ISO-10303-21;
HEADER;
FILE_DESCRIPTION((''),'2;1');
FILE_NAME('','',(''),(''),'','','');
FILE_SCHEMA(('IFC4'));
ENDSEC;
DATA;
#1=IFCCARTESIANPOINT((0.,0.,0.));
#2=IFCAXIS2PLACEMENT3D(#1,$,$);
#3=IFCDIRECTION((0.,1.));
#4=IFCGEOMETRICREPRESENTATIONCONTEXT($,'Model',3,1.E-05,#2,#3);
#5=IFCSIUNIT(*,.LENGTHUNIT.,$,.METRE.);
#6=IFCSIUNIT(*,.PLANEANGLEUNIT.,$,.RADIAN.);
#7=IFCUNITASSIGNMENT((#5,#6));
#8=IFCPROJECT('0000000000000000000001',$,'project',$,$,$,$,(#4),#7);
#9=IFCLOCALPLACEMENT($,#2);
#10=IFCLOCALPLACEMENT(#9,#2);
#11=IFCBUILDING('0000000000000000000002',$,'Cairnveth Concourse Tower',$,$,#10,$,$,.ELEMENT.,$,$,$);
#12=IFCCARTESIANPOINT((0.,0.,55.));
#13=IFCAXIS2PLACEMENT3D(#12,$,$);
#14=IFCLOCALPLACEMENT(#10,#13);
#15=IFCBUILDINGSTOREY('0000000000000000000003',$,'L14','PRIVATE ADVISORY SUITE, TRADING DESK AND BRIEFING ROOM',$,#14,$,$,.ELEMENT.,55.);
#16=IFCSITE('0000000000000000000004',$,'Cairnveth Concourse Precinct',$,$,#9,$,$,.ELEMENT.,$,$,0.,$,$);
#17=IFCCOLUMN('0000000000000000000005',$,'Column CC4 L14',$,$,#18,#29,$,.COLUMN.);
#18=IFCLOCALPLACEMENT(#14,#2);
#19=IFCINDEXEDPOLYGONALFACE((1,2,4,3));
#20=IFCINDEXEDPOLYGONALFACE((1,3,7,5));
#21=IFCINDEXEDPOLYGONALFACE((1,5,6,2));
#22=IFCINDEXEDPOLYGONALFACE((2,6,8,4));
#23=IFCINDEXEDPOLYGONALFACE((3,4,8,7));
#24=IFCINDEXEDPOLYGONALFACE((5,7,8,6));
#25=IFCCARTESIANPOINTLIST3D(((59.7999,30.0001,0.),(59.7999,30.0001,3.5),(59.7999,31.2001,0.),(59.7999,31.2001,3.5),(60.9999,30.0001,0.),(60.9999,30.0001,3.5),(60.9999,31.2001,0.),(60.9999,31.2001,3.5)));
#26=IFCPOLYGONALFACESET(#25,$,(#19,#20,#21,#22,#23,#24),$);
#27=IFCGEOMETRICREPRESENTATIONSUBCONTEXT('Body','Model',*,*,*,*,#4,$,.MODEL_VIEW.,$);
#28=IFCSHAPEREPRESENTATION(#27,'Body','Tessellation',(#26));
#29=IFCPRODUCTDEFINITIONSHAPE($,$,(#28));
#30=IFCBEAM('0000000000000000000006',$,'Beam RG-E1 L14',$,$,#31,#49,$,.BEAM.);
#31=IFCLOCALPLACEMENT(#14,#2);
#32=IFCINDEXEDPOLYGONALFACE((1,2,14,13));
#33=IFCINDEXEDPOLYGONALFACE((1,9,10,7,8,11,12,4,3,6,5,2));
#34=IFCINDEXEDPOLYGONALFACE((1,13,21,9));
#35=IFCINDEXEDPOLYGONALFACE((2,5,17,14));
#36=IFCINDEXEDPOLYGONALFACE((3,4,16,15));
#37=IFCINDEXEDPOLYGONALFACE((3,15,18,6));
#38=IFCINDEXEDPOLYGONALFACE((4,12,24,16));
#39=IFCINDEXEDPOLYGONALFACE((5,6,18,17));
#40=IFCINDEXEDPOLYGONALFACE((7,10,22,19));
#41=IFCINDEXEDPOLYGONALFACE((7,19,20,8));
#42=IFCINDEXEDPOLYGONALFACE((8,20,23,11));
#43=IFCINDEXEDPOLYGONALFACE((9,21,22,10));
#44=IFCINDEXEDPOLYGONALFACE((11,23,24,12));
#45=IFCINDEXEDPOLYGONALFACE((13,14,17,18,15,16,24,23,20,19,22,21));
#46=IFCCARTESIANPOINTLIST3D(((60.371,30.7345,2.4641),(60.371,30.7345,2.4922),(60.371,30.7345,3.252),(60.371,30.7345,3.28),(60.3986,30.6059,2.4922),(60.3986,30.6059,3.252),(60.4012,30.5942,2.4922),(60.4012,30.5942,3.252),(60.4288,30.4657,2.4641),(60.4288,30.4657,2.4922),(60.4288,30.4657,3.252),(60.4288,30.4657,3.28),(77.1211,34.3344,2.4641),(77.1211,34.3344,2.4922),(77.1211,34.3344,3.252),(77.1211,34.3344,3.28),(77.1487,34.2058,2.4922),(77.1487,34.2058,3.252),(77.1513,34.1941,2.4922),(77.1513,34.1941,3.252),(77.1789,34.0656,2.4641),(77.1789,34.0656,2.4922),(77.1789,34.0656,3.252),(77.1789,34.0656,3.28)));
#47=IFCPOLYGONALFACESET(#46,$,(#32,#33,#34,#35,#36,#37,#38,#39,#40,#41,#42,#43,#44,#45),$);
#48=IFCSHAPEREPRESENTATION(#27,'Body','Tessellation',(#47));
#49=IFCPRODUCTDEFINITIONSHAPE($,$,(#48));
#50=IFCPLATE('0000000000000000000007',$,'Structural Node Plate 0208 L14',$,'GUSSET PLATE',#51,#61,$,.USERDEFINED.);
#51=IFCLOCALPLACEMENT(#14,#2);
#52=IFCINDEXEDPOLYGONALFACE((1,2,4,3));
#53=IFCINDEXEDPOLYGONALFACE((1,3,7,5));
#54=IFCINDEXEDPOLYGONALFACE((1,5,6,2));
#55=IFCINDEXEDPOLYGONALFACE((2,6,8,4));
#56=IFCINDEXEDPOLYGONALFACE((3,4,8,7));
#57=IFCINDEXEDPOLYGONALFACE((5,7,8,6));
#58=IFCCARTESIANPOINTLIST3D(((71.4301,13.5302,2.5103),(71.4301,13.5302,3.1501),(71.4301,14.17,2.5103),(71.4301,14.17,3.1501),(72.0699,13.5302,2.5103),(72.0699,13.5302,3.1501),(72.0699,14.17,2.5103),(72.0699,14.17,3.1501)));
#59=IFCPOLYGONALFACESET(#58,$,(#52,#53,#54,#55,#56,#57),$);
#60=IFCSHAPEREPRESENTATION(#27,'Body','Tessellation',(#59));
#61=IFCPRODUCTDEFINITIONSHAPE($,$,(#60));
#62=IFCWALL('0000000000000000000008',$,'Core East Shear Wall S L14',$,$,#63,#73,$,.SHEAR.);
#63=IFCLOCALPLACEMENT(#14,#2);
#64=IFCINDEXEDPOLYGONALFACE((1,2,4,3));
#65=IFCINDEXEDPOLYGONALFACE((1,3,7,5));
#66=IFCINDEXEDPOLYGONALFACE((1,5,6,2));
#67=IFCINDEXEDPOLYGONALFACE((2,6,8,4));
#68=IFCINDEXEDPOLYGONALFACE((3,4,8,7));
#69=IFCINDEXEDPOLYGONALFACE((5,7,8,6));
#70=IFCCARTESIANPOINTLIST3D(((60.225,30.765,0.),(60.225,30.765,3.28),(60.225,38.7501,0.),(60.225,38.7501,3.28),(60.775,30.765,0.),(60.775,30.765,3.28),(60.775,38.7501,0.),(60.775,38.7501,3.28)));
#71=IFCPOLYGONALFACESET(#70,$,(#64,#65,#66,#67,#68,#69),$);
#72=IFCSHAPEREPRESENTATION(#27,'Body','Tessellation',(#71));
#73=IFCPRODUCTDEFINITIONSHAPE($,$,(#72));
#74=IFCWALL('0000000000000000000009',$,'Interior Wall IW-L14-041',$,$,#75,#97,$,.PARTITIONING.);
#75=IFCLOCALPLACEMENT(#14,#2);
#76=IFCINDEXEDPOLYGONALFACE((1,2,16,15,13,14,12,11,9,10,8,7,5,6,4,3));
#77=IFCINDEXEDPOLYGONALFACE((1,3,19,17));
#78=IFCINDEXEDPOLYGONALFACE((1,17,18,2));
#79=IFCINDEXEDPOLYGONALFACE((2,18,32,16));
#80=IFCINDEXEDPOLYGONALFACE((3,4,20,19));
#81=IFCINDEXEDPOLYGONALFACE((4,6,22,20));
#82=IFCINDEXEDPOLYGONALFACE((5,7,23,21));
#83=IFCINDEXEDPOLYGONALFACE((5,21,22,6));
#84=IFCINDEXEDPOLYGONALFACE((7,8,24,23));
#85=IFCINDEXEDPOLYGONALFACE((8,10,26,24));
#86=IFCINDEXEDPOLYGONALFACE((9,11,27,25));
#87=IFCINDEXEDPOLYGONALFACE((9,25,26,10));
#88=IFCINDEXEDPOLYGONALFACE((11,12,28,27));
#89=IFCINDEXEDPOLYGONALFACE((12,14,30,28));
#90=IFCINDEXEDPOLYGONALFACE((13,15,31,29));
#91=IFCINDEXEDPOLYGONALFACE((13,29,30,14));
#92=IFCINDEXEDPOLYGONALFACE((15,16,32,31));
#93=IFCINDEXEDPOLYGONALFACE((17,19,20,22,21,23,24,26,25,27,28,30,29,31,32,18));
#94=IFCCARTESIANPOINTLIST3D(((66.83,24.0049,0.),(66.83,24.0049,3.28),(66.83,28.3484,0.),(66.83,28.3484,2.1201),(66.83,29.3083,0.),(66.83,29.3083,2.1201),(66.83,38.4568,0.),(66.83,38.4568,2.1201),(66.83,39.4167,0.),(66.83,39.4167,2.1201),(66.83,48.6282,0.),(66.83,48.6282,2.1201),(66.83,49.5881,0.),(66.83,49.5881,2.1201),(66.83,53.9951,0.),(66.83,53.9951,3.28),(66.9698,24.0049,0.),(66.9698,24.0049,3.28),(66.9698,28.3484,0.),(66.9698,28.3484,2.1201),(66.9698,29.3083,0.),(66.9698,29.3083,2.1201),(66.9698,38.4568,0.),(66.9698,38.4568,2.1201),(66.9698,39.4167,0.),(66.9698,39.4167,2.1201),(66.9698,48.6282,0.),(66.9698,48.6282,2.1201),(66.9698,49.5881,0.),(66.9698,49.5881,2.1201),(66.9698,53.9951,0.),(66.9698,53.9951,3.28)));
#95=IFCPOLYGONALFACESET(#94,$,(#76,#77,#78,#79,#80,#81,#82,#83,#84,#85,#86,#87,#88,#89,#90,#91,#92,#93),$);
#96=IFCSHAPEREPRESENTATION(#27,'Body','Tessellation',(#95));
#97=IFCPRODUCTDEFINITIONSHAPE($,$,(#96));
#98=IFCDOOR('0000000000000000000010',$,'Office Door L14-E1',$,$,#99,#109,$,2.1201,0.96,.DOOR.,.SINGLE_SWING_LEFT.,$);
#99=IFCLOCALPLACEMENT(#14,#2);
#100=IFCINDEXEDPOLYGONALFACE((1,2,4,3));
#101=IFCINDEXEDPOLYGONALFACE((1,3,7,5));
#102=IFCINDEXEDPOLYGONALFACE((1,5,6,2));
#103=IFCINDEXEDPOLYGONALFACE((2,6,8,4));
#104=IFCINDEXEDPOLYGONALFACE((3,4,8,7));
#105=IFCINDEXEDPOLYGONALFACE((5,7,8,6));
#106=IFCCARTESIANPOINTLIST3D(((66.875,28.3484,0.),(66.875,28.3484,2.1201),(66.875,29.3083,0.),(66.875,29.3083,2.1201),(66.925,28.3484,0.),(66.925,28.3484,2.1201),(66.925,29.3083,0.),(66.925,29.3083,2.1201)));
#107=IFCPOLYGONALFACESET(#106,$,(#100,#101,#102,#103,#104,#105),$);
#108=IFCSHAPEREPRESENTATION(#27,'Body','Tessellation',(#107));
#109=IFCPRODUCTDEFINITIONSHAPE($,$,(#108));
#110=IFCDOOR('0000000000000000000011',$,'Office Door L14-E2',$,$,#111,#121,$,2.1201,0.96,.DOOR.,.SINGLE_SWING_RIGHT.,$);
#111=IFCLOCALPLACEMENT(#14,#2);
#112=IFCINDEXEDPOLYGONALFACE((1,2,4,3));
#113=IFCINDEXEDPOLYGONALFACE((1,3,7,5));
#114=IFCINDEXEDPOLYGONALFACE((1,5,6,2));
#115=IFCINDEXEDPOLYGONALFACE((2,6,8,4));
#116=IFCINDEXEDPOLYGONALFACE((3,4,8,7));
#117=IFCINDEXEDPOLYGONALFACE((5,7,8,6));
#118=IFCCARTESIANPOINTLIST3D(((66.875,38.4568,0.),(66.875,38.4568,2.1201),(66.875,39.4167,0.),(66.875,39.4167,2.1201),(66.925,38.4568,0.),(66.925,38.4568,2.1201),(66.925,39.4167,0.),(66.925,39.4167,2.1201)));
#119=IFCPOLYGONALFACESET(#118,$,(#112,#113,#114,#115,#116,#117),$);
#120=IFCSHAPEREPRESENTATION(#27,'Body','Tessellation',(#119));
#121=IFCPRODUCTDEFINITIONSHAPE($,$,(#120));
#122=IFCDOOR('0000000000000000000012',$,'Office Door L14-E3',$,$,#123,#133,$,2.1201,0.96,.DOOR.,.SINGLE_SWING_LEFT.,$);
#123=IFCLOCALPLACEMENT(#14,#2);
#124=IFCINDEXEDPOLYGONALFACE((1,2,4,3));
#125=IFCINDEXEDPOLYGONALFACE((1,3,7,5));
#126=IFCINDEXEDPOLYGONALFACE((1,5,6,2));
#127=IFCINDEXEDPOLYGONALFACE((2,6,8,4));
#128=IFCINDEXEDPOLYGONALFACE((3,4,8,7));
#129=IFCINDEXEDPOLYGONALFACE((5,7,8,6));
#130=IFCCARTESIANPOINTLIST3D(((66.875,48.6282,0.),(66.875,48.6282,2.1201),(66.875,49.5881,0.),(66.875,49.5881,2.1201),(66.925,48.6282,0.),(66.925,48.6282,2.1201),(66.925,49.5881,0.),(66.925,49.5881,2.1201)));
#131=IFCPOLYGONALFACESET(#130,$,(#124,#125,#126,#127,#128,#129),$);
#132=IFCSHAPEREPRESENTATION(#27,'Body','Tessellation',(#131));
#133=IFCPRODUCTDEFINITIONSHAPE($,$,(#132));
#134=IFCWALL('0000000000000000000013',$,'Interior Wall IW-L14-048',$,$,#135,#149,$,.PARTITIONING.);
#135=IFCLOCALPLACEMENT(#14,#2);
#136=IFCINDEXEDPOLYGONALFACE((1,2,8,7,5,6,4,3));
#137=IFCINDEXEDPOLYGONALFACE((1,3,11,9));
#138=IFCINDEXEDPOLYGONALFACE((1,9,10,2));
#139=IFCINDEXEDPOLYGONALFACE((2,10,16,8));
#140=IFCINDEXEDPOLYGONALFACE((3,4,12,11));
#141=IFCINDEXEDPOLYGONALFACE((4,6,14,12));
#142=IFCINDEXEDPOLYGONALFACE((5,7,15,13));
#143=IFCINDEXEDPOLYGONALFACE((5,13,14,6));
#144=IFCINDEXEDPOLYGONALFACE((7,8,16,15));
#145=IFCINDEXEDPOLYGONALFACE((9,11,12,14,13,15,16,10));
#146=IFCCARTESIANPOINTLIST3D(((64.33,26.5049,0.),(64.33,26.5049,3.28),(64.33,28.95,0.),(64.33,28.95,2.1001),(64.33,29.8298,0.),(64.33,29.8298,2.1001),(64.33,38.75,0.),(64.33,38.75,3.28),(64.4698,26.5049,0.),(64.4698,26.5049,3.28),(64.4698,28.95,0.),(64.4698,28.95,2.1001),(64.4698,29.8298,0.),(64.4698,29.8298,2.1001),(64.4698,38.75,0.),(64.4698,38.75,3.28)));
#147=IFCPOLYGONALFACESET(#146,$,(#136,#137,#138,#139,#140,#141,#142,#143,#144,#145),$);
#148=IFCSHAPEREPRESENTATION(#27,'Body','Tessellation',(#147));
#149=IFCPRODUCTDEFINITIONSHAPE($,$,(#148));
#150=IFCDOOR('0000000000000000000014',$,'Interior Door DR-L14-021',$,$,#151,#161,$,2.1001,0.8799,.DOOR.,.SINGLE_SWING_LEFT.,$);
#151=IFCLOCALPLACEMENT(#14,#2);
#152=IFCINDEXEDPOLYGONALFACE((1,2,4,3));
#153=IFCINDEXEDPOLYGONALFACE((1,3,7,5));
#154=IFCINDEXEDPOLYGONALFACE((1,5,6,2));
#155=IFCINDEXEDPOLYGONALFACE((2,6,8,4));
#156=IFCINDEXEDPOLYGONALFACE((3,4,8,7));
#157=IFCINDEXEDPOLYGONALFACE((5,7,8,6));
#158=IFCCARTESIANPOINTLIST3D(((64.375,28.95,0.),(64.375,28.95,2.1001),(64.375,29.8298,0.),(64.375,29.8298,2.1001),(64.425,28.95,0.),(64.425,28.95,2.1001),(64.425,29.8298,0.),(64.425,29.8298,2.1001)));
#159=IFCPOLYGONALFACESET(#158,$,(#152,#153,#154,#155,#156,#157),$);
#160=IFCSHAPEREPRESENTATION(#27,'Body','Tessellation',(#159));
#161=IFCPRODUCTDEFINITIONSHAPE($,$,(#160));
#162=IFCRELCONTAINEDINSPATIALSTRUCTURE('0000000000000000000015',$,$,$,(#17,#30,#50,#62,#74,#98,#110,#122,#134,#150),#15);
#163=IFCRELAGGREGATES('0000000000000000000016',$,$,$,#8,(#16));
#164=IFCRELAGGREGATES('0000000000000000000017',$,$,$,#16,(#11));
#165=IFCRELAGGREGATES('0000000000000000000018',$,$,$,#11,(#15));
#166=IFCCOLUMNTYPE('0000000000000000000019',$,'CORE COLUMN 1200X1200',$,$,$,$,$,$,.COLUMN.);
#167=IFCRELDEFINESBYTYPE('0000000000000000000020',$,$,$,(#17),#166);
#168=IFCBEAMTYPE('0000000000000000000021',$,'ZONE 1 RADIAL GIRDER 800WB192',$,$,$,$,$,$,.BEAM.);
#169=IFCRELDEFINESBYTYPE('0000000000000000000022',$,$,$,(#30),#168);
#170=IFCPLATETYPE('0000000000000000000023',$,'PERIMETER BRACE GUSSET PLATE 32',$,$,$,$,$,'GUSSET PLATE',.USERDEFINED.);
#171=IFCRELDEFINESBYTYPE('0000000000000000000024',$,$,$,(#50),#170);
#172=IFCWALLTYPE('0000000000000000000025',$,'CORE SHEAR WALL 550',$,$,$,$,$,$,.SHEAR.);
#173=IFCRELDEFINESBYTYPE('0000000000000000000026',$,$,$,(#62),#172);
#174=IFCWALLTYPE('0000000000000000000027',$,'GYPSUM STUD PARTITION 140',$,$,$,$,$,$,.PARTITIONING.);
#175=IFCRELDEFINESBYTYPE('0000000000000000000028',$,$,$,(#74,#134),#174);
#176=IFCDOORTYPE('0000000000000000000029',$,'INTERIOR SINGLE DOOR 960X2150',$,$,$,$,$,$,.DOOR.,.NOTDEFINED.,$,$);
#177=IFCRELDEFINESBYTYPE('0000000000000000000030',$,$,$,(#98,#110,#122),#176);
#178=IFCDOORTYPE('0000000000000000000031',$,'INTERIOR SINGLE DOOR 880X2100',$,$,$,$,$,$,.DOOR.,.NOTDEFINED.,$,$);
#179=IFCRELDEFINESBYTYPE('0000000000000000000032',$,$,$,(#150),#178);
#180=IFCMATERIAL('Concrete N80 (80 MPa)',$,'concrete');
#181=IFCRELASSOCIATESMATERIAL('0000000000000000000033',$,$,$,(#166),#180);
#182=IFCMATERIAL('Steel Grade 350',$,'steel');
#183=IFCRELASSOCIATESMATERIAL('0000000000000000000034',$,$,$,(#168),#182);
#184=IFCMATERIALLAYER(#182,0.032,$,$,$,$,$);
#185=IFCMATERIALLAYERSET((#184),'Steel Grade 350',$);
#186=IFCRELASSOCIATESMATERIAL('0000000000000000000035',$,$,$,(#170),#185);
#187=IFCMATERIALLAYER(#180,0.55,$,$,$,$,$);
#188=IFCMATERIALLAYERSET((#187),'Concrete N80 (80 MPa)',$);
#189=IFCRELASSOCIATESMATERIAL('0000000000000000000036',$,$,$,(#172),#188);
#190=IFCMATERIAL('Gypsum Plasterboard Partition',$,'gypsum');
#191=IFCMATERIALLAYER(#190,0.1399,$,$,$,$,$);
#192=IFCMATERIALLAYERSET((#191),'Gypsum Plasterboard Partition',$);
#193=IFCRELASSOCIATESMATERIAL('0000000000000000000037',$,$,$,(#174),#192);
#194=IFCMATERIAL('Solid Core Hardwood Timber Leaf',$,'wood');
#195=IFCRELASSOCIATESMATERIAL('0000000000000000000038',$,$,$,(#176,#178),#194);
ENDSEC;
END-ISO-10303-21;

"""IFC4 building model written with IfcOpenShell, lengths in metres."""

from ifc_helpers import new_model, si_unit, direction, frame, frame_2d, origin, origin_2d, place, context, subcontext, project, spatial, rectangle, i_section, extrude, material, layer, layer_set, material_profile, profile_set, type_object, element, fill, save


model = new_model("IFC4")

# Units and contexts
model_context = context("Model", 3, precision=1e-05, world=origin(), true_north=direction((0.0, 1.0)))
body_context = subcontext(model_context, "Body", "Model", "MODEL_VIEW")
ifc_project = project(units=[si_unit("LENGTHUNIT", "METRE"), si_unit("PLANEANGLEUNIT", "RADIAN")], contexts=[model_context])

# Site, building, storey
site_placement = place(None, origin())
site = spatial("IfcSite", under=ifc_project, at=site_placement, Name="Cairnveth Concourse Precinct", CompositionType="ELEMENT", RefElevation=0.0)
building_placement = place(site_placement, origin())
building = spatial("IfcBuilding", under=site, at=building_placement, Name="Cairnveth Concourse Tower", CompositionType="ELEMENT")
storey_placement = place(building_placement, frame((0.0, 0.0, 55.0)))
storey = spatial("IfcBuildingStorey", under=building, at=storey_placement, Name="L14", Description="PRIVATE ADVISORY SUITE, TRADING DESK AND BRIEFING ROOM", CompositionType="ELEMENT", Elevation=55.0)

# Column
ifc_material_1 = material(Name="Concrete N80 (80 MPa)", Category="concrete")
ifc_material_profile_1 = material_profile(ifc_material_1, rectangle(XDim=1.2, YDim=1.2, at=origin_2d()), Name="RC-COL-1200x1200")
ifc_profile_set_1 = profile_set([ifc_material_profile_1], Name="Concrete N80 (80 MPa)")
column_type = type_object("IfcColumnType", Name="CORE COLUMN 1200X1200", PredefinedType="COLUMN", material=ifc_profile_set_1)
column_placement = place(storey_placement, frame((60.3999, 30.6001, 0.0), z_axis=(0.0, 0.0, 1.0), x_axis=(1.0, 0.0, 0.0)))
element("IfcColumn", 1, at=column_placement, inside=storey, type_object=column_type, Name="Column CC4 L14", PredefinedType="COLUMN", context=body_context, shape_type="SweptSolid", body=[
    extrude(rectangle(XDim=1.2, YDim=1.2, at=origin_2d()), origin(), (0.0, 0.0, 1.0), 3.5),
])

# Beam
ifc_material_2 = material(Name="Steel Grade 350", Category="steel")
ifc_material_profile_2 = material_profile(ifc_material_2, i_section(OverallWidth=0.2749, OverallDepth=0.8159, WebThickness=0.012, FlangeThickness=0.0281, at=origin_2d()), Name="800WB192")
ifc_profile_set_2 = profile_set([ifc_material_profile_2], Name="Steel Grade 350")
beam_type = type_object("IfcBeamType", Name="ZONE 1 RADIAL GIRDER 800WB192", PredefinedType="BEAM", material=ifc_profile_set_2)
beam_placement = place(storey_placement, frame((60.3999, 30.6001, 2.8721), z_axis=(0.977676, 0.210119, 0.0), x_axis=(-0.210119, 0.977676, 0.0)))
element("IfcBeam", 2, at=beam_placement, inside=storey, type_object=beam_type, Name="Beam RG-E1 L14", PredefinedType="BEAM", context=body_context, shape_type="SweptSolid", body=[
    extrude(i_section(OverallWidth=0.2749, OverallDepth=0.8159, WebThickness=0.012, FlangeThickness=0.0281, at=origin_2d()), origin(), (0.0, 0.0, 1.0), 17.1326),
])

# Plate
ifc_layer_1 = layer(ifc_material_2, 0.032)
ifc_layer_set_1 = layer_set([ifc_layer_1], Name="Steel Grade 350")
plate_type = type_object("IfcPlateType", Name="PERIMETER BRACE GUSSET PLATE 32", ElementType="GUSSET PLATE", PredefinedType="USERDEFINED", material=ifc_layer_set_1)
plate_placement = place(storey_placement, frame((71.75, 13.8501, 2.5103), z_axis=(0.0, 0.0, 1.0), x_axis=(1.0, 0.0, 0.0)))
element("IfcPlate", 3, at=plate_placement, inside=storey, type_object=plate_type, Name="Structural Node Plate 0208 L14", ObjectType="GUSSET PLATE", PredefinedType="USERDEFINED", context=body_context, shape_type="SweptSolid", body=[
    extrude(rectangle(XDim=0.6399, YDim=0.6399, at=origin_2d()), origin(), (0.0, 0.0, 1.0), 0.6399),
])

# Wall
ifc_layer_2 = layer(ifc_material_1, 0.55)
ifc_layer_set_2 = layer_set([ifc_layer_2], Name="Concrete N80 (80 MPa)")
wall_type_1 = type_object("IfcWallType", Name="CORE SHEAR WALL 550", PredefinedType="SHEAR", material=ifc_layer_set_2)
wall_1_placement = place(storey_placement, frame((60.5, 30.7649, 0.0), z_axis=(0.0, 0.0, 1.0), x_axis=(0.0, 1.0, 0.0)))
element("IfcWall", 4, at=wall_1_placement, inside=storey, type_object=wall_type_1, Name="Core East Shear Wall S L14", PredefinedType="SHEAR", context=body_context, shape_type="SweptSolid", body=[
    extrude(rectangle(XDim=7.9851, YDim=0.55, at=frame_2d((3.9927, 0.0))), origin(), (0.0, 0.0, 1.0), 3.28),
])

# Wall, openings, doors
ifc_material_3 = material(Name="Gypsum Plasterboard Partition", Category="gypsum")
ifc_layer_3 = layer(ifc_material_3, 0.1399)
ifc_layer_set_3 = layer_set([ifc_layer_3], Name="Gypsum Plasterboard Partition")
wall_type_2 = type_object("IfcWallType", Name="GYPSUM STUD PARTITION 140", PredefinedType="PARTITIONING", material=ifc_layer_set_3)
wall_2_placement = place(storey_placement, frame((66.8999, 24.0049, 0.0), z_axis=(0.0, 0.0, 1.0), x_axis=(0.0, 1.0, 0.0)))
wall_2 = element("IfcWall", 5, at=wall_2_placement, inside=storey, type_object=wall_type_2, Name="Interior Wall IW-L14-041", PredefinedType="PARTITIONING", context=body_context, shape_type="SweptSolid", body=[
    extrude(rectangle(XDim=29.9902, YDim=0.1399, at=frame_2d((14.9951, 0.0))), origin(), (0.0, 0.0, 1.0), 3.28),
])
opening_1_placement = place(wall_2_placement, frame((4.3435, 0.0, 0.0)))
opening_1 = element("IfcOpeningElement", 6, at=opening_1_placement, cuts=wall_2, PredefinedType="OPENING", context=body_context, shape_type="SweptSolid", body=[
    extrude(rectangle(XDim=0.96, YDim=2.1201, at=frame_2d((0.48, 1.0601))), frame((0.0, 0.0798, 0.0), z_axis=(0.0, -1.0, 0.0), x_axis=(1.0, 0.0, 0.0)), (0.0, 0.0, 1.0), 0.1599),
])
opening_2_placement = place(wall_2_placement, frame((14.4519, 0.0, 0.0)))
opening_2 = element("IfcOpeningElement", 7, at=opening_2_placement, cuts=wall_2, PredefinedType="OPENING", context=body_context, shape_type="SweptSolid", body=[
    extrude(rectangle(XDim=0.96, YDim=2.1201, at=frame_2d((0.48, 1.0601))), frame((0.0, 0.0798, 0.0), z_axis=(0.0, -1.0, 0.0), x_axis=(1.0, 0.0, 0.0)), (0.0, 0.0, 1.0), 0.1599),
])
opening_3_placement = place(wall_2_placement, frame((24.6233, 0.0, 0.0)))
opening_3 = element("IfcOpeningElement", 8, at=opening_3_placement, cuts=wall_2, PredefinedType="OPENING", context=body_context, shape_type="SweptSolid", body=[
    extrude(rectangle(XDim=0.96, YDim=2.1201, at=frame_2d((0.48, 1.0601))), frame((0.0, 0.0798, 0.0), z_axis=(0.0, -1.0, 0.0), x_axis=(1.0, 0.0, 0.0)), (0.0, 0.0, 1.0), 0.1599),
])
ifc_material_4 = material(Name="Solid Core Hardwood Timber Leaf", Category="wood")
door_type_1 = type_object("IfcDoorType", Name="INTERIOR SINGLE DOOR 960X2150", OperationType="NOTDEFINED", PredefinedType="DOOR", material=ifc_material_4)
door_1_placement = place(opening_1_placement, origin())
door_1 = element("IfcDoor", 9, at=door_1_placement, inside=storey, type_object=door_type_1, Name="Office Door L14-E1", OperationType="SINGLE_SWING_LEFT", OverallHeight=2.1201, OverallWidth=0.96, PredefinedType="DOOR", context=body_context, shape_type="SweptSolid", body=[
    extrude(rectangle(XDim=0.96, YDim=2.1201, at=frame_2d((0.48, 1.0601))), frame((0.0, 0.0249, 0.0), z_axis=(0.0, -1.0, 0.0), x_axis=(1.0, 0.0, 0.0)), (0.0, 0.0, 1.0), 0.05),
])
fill(opening_1, door_1)
door_2_placement = place(opening_2_placement, origin())
door_2 = element("IfcDoor", 10, at=door_2_placement, inside=storey, type_object=door_type_1, Name="Office Door L14-E2", OperationType="SINGLE_SWING_RIGHT", OverallHeight=2.1201, OverallWidth=0.96, PredefinedType="DOOR", context=body_context, shape_type="SweptSolid", body=[
    extrude(rectangle(XDim=0.96, YDim=2.1201, at=frame_2d((0.48, 1.0601))), frame((0.0, 0.0249, 0.0), z_axis=(0.0, -1.0, 0.0), x_axis=(1.0, 0.0, 0.0)), (0.0, 0.0, 1.0), 0.05),
])
fill(opening_2, door_2)
door_3_placement = place(opening_3_placement, origin())
door_3 = element("IfcDoor", 11, at=door_3_placement, inside=storey, type_object=door_type_1, Name="Office Door L14-E3", OperationType="SINGLE_SWING_LEFT", OverallHeight=2.1201, OverallWidth=0.96, PredefinedType="DOOR", context=body_context, shape_type="SweptSolid", body=[
    extrude(rectangle(XDim=0.96, YDim=2.1201, at=frame_2d((0.48, 1.0601))), frame((0.0, 0.0249, 0.0), z_axis=(0.0, -1.0, 0.0), x_axis=(1.0, 0.0, 0.0)), (0.0, 0.0, 1.0), 0.05),
])
fill(opening_3, door_3)

# Wall, opening, door
wall_3_placement = place(storey_placement, frame((64.3999, 26.5049, 0.0), z_axis=(0.0, 0.0, 1.0), x_axis=(0.0, 1.0, 0.0)))
wall_3 = element("IfcWall", 12, at=wall_3_placement, inside=storey, type_object=wall_type_2, Name="Interior Wall IW-L14-048", PredefinedType="PARTITIONING", context=body_context, shape_type="SweptSolid", body=[
    extrude(rectangle(XDim=12.2451, YDim=0.1399, at=frame_2d((6.1226, 0.0))), origin(), (0.0, 0.0, 1.0), 3.28),
])
opening_4_placement = place(wall_3_placement, frame((2.4451, 0.0, 0.0)))
opening_4 = element("IfcOpeningElement", 13, at=opening_4_placement, cuts=wall_3, PredefinedType="OPENING", context=body_context, shape_type="SweptSolid", body=[
    extrude(rectangle(XDim=0.8799, YDim=2.1001, at=frame_2d((0.4399, 1.05))), frame((0.0, 0.0798, 0.0), z_axis=(0.0, -1.0, 0.0), x_axis=(1.0, 0.0, 0.0)), (0.0, 0.0, 1.0), 0.1599),
])
door_type_2 = type_object("IfcDoorType", Name="INTERIOR SINGLE DOOR 880X2100", OperationType="NOTDEFINED", PredefinedType="DOOR", material=ifc_material_4)
door_4_placement = place(opening_4_placement, origin())
door_4 = element("IfcDoor", 14, at=door_4_placement, inside=storey, type_object=door_type_2, Name="Interior Door DR-L14-021", OperationType="SINGLE_SWING_LEFT", OverallHeight=2.1001, OverallWidth=0.8799, PredefinedType="DOOR", context=body_context, shape_type="SweptSolid", body=[
    extrude(rectangle(XDim=0.8799, YDim=2.1001, at=frame_2d((0.4399, 1.05))), frame((0.0, 0.0249, 0.0), z_axis=(0.0, -1.0, 0.0), x_axis=(1.0, 0.0, 0.0)), (0.0, 0.0, 1.0), 0.05),
])
fill(opening_4, door_4)

save(model, "model.ifc")
